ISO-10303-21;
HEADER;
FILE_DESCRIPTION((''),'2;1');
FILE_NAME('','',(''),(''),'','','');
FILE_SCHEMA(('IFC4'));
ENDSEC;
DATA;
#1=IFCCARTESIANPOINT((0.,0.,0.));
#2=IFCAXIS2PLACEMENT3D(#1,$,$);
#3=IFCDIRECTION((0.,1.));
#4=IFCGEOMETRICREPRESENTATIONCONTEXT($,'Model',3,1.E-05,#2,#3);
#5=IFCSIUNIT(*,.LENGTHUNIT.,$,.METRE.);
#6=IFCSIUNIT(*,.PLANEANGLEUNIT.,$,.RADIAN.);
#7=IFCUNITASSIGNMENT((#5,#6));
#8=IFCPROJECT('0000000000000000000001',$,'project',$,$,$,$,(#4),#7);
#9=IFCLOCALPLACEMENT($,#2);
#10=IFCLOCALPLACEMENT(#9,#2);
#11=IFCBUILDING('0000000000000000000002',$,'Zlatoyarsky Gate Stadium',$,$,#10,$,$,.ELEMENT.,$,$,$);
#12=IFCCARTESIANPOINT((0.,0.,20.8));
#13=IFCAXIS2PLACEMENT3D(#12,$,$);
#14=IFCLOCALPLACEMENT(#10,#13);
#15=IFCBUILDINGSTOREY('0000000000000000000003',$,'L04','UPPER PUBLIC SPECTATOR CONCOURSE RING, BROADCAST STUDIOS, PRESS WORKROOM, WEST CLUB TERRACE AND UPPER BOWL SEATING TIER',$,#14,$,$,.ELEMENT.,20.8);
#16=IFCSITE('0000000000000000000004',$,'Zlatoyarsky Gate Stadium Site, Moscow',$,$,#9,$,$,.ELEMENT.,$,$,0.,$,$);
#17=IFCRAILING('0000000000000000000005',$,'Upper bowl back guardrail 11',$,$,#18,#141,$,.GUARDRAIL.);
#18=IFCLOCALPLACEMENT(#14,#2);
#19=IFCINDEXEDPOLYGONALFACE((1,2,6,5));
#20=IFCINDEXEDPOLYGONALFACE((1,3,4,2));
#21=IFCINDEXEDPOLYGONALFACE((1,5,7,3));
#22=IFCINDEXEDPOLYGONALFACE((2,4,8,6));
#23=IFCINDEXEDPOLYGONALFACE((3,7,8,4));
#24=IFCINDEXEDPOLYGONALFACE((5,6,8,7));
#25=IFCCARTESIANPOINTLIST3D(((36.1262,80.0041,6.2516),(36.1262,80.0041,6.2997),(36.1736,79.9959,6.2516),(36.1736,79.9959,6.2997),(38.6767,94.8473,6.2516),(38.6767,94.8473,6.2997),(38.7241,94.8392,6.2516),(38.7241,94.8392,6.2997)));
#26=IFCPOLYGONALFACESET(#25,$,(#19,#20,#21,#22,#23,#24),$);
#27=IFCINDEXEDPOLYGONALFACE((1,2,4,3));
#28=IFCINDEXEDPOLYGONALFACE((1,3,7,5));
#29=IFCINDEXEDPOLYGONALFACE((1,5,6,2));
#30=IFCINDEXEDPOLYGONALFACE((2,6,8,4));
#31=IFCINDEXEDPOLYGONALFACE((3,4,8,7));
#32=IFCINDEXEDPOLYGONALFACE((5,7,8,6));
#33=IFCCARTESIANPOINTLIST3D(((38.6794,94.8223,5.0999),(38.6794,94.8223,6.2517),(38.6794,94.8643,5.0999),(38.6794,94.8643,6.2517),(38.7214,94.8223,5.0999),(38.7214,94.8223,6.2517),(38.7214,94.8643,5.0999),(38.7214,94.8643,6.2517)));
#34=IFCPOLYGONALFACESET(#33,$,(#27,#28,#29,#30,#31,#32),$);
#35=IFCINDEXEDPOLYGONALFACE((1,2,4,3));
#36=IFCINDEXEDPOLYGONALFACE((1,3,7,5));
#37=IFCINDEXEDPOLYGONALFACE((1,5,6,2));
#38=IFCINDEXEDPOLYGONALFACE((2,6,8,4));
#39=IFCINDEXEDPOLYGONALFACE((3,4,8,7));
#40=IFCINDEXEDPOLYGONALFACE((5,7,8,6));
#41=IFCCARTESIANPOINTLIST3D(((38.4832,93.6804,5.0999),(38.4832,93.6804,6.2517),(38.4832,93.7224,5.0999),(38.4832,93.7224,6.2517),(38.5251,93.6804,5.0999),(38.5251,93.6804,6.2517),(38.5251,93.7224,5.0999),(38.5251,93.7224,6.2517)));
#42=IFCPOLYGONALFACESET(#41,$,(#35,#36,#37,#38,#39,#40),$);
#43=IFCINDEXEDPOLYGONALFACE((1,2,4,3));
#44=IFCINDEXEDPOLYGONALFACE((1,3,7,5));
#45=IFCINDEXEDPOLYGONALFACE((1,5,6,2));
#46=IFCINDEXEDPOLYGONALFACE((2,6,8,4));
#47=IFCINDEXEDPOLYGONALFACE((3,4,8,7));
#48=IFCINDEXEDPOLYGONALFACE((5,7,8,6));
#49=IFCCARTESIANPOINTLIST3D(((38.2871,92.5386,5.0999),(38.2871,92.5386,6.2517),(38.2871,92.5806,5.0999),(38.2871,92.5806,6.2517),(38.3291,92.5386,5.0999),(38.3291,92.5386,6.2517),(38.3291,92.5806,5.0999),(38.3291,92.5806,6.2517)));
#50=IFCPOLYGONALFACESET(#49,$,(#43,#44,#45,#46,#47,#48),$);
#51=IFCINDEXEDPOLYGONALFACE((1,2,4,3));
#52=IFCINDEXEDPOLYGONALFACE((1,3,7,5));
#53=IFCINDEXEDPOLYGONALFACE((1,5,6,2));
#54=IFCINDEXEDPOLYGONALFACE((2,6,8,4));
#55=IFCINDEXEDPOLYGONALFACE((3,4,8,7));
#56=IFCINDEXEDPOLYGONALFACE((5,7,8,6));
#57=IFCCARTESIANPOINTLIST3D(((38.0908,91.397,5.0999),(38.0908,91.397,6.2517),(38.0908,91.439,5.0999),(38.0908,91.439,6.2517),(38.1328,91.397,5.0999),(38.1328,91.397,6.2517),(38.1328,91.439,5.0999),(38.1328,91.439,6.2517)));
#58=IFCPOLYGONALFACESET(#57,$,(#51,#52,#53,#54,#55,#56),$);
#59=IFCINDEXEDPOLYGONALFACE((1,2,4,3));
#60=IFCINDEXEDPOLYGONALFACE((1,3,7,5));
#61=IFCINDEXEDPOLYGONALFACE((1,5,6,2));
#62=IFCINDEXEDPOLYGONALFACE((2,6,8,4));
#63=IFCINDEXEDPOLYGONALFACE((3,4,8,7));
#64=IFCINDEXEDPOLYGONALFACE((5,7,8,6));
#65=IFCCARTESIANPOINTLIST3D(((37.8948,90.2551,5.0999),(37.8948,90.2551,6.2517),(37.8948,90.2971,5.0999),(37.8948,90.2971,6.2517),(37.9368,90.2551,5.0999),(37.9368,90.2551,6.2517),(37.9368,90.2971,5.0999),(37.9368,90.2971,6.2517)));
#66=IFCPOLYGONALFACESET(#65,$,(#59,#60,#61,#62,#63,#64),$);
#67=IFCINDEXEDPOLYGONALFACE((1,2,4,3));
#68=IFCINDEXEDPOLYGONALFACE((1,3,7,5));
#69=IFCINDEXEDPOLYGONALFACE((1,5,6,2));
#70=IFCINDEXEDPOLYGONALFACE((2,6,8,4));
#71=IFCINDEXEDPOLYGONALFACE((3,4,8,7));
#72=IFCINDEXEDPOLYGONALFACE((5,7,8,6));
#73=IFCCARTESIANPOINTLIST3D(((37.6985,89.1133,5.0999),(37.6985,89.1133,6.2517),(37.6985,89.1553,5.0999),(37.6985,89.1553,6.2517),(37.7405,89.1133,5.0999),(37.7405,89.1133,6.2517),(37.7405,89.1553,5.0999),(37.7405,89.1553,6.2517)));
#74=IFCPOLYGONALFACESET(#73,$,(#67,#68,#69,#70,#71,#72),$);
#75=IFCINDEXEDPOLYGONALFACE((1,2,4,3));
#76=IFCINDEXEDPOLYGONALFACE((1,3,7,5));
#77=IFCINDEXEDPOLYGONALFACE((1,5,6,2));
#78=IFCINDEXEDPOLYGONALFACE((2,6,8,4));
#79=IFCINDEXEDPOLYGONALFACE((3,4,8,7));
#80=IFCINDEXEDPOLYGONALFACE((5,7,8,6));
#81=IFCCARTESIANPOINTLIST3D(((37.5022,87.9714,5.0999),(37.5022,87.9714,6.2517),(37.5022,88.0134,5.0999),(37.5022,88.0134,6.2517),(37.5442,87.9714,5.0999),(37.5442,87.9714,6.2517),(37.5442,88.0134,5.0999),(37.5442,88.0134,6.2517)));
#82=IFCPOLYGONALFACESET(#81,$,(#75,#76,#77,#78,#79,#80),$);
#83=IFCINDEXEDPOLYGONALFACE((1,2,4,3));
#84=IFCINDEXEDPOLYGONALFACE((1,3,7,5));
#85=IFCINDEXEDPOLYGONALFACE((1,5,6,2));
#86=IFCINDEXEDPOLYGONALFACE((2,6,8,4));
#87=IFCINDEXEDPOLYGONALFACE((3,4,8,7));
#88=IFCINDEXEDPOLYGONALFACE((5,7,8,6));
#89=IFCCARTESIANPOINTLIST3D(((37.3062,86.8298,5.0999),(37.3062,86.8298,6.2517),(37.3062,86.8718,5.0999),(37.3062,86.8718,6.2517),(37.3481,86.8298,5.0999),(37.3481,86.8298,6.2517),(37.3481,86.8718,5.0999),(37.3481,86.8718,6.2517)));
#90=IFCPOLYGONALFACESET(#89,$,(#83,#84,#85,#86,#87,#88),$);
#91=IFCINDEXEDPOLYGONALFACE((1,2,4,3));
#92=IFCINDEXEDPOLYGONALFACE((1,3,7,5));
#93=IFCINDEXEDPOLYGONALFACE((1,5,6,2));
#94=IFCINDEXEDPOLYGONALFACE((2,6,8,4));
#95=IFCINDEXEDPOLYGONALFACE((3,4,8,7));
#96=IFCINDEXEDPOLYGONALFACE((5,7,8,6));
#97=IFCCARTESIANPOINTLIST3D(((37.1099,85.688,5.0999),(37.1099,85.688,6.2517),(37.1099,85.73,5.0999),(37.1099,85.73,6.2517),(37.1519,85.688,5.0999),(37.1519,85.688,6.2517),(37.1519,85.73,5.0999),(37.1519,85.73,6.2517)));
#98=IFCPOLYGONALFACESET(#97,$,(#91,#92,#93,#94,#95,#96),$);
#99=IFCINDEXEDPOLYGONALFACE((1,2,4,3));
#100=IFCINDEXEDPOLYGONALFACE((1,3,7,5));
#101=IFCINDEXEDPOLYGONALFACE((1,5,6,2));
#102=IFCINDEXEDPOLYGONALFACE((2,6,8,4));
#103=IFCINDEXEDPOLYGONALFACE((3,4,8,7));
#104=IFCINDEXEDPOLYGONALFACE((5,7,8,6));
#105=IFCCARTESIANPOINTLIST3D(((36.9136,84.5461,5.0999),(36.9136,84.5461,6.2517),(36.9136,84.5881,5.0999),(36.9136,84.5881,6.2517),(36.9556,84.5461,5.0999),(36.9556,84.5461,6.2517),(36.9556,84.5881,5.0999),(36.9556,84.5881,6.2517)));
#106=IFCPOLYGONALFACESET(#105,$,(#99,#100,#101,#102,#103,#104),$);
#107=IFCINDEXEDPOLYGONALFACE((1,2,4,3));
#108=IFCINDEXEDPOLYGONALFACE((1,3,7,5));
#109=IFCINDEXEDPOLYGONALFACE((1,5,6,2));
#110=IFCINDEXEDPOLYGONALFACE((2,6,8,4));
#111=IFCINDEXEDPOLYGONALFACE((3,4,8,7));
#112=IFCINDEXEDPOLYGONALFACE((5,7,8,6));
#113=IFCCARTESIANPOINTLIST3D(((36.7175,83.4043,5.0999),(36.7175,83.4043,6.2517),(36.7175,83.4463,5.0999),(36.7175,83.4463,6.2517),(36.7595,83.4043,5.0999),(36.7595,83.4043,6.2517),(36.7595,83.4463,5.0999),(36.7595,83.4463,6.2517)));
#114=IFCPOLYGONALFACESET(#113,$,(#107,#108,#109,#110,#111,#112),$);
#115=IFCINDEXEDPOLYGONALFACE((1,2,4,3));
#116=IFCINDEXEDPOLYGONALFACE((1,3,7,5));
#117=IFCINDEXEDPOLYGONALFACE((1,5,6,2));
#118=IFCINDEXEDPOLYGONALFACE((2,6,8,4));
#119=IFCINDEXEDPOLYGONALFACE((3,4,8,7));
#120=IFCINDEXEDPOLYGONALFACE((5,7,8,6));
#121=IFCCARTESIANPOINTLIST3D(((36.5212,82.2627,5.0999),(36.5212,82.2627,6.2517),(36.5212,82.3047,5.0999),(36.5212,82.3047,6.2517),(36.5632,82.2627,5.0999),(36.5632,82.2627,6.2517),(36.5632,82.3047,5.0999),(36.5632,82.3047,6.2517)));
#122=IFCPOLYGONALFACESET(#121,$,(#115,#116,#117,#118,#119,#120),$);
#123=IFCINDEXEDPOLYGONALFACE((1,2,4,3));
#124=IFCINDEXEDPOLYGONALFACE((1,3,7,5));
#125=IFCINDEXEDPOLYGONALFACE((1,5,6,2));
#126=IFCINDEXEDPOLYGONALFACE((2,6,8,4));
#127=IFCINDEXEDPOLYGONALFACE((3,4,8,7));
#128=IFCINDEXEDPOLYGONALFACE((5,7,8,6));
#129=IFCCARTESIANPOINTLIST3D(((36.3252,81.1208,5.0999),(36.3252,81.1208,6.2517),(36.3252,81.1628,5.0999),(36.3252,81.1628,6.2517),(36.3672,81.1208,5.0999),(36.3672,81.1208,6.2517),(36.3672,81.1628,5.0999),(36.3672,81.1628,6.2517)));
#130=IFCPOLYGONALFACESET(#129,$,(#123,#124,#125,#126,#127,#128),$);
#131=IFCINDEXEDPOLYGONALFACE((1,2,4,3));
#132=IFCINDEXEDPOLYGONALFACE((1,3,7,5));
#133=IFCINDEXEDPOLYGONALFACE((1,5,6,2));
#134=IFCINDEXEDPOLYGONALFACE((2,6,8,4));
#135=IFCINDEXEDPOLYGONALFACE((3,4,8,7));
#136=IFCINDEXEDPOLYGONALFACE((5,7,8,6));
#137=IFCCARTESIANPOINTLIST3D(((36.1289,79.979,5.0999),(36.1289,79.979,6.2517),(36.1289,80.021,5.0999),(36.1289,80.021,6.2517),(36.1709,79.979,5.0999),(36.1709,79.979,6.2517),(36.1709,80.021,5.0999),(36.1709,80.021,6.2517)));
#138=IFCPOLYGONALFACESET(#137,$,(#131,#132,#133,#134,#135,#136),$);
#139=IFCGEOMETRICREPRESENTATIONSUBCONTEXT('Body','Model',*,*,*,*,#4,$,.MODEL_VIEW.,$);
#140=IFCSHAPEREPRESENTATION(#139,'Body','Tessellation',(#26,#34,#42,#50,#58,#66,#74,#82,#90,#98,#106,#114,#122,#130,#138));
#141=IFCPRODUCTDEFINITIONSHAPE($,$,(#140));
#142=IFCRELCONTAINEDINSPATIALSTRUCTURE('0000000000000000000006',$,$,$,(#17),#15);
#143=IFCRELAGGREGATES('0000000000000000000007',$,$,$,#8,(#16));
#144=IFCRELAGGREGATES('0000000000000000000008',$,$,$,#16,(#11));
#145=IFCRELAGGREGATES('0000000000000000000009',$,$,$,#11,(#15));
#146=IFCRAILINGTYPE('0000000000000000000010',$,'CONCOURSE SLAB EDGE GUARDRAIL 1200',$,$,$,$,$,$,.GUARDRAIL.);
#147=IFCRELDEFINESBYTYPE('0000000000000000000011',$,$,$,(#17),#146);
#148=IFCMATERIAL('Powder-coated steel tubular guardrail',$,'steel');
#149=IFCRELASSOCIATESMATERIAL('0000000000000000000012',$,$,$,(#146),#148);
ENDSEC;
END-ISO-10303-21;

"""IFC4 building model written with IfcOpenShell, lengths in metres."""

from ifc_helpers import new_model, si_unit, direction, frame, origin, origin_2d, place, context, subcontext, project, spatial, rectangle, extrude, material, type_object, element, save


model = new_model("IFC4")

# Units and contexts
model_context = context("Model", 3, precision=1e-05, world=origin(), true_north=direction((0.0, 1.0)))
body_context = subcontext(model_context, "Body", "Model", "MODEL_VIEW")
ifc_project = project(units=[si_unit("LENGTHUNIT", "METRE"), si_unit("PLANEANGLEUNIT", "RADIAN")], contexts=[model_context])

# Site, building, storey
site_placement = place(None, origin())
site = spatial("IfcSite", under=ifc_project, at=site_placement, Name="Zlatoyarsky Gate Stadium Site, Moscow", CompositionType="ELEMENT", RefElevation=0.0)
building_placement = place(site_placement, origin())
building = spatial("IfcBuilding", under=site, at=building_placement, Name="Zlatoyarsky Gate Stadium", CompositionType="ELEMENT")
storey_placement = place(building_placement, frame((0.0, 0.0, 20.8)))
storey = spatial("IfcBuildingStorey", under=building, at=storey_placement, Name="L04", Description="UPPER PUBLIC SPECTATOR CONCOURSE RING, BROADCAST STUDIOS, PRESS WORKROOM, WEST CLUB TERRACE AND UPPER BOWL SEATING TIER", CompositionType="ELEMENT", Elevation=20.8)

# Railing
ifc_material_1 = material(Name="Powder-coated steel tubular guardrail", Category="steel")
railing_type_1 = type_object("IfcRailingType", Name="CONCOURSE SLAB EDGE GUARDRAIL 1200", PredefinedType="GUARDRAIL", material=ifc_material_1)
railing_1_placement = place(storey_placement, frame((38.7004, 94.8433, 5.0999)))
element("IfcRailing", 1, at=railing_1_placement, inside=storey, type_object=railing_type_1, Name="Upper bowl back guardrail 11", PredefinedType="GUARDRAIL", context=body_context, shape_type="SweptSolid", body=[
    extrude(rectangle(XDim=0.0481, YDim=0.0481, at=origin_2d()), frame((0.0, 0.0, 1.1758), z_axis=(-0.169349, -0.985556, 0.0), x_axis=(0.985556, -0.169349, 0.0)), (0.0, 0.0, 1.0), 15.0608),
    extrude(rectangle(XDim=0.042, YDim=0.042, at=origin_2d()), origin(), (0.0, 0.0, 1.0), 1.1519),
    extrude(rectangle(XDim=0.042, YDim=0.042, at=origin_2d()), frame((-0.1963, -1.1418, 0.0)), (0.0, 0.0, 1.0), 1.1519),
    extrude(rectangle(XDim=0.042, YDim=0.042, at=origin_2d()), frame((-0.3923, -2.2837, 0.0)), (0.0, 0.0, 1.0), 1.1519),
    extrude(rectangle(XDim=0.042, YDim=0.042, at=origin_2d()), frame((-0.5886, -3.4253, 0.0)), (0.0, 0.0, 1.0), 1.1519),
    extrude(rectangle(XDim=0.042, YDim=0.042, at=origin_2d()), frame((-0.7847, -4.5671, 0.0)), (0.0, 0.0, 1.0), 1.1519),
    extrude(rectangle(XDim=0.042, YDim=0.042, at=origin_2d()), frame((-0.981, -5.709, 0.0)), (0.0, 0.0, 1.0), 1.1519),
    extrude(rectangle(XDim=0.042, YDim=0.042, at=origin_2d()), frame((-1.1772, -6.8508, 0.0)), (0.0, 0.0, 1.0), 1.1519),
    extrude(rectangle(XDim=0.042, YDim=0.042, at=origin_2d()), frame((-1.3733, -7.9924, 0.0)), (0.0, 0.0, 1.0), 1.1519),
    extrude(rectangle(XDim=0.042, YDim=0.042, at=origin_2d()), frame((-1.5696, -9.1343, 0.0)), (0.0, 0.0, 1.0), 1.1519),
    extrude(rectangle(XDim=0.042, YDim=0.042, at=origin_2d()), frame((-1.7659, -10.2761, 0.0)), (0.0, 0.0, 1.0), 1.1519),
    extrude(rectangle(XDim=0.042, YDim=0.042, at=origin_2d()), frame((-1.9619, -11.418, 0.0)), (0.0, 0.0, 1.0), 1.1519),
    extrude(rectangle(XDim=0.042, YDim=0.042, at=origin_2d()), frame((-2.1582, -12.5596, 0.0)), (0.0, 0.0, 1.0), 1.1519),
    extrude(rectangle(XDim=0.042, YDim=0.042, at=origin_2d()), frame((-2.3542, -13.7014, 0.0)), (0.0, 0.0, 1.0), 1.1519),
    extrude(rectangle(XDim=0.042, YDim=0.042, at=origin_2d()), frame((-2.5505, -14.8433, 0.0)), (0.0, 0.0, 1.0), 1.1519),
])

save(model, "model.ifc")
